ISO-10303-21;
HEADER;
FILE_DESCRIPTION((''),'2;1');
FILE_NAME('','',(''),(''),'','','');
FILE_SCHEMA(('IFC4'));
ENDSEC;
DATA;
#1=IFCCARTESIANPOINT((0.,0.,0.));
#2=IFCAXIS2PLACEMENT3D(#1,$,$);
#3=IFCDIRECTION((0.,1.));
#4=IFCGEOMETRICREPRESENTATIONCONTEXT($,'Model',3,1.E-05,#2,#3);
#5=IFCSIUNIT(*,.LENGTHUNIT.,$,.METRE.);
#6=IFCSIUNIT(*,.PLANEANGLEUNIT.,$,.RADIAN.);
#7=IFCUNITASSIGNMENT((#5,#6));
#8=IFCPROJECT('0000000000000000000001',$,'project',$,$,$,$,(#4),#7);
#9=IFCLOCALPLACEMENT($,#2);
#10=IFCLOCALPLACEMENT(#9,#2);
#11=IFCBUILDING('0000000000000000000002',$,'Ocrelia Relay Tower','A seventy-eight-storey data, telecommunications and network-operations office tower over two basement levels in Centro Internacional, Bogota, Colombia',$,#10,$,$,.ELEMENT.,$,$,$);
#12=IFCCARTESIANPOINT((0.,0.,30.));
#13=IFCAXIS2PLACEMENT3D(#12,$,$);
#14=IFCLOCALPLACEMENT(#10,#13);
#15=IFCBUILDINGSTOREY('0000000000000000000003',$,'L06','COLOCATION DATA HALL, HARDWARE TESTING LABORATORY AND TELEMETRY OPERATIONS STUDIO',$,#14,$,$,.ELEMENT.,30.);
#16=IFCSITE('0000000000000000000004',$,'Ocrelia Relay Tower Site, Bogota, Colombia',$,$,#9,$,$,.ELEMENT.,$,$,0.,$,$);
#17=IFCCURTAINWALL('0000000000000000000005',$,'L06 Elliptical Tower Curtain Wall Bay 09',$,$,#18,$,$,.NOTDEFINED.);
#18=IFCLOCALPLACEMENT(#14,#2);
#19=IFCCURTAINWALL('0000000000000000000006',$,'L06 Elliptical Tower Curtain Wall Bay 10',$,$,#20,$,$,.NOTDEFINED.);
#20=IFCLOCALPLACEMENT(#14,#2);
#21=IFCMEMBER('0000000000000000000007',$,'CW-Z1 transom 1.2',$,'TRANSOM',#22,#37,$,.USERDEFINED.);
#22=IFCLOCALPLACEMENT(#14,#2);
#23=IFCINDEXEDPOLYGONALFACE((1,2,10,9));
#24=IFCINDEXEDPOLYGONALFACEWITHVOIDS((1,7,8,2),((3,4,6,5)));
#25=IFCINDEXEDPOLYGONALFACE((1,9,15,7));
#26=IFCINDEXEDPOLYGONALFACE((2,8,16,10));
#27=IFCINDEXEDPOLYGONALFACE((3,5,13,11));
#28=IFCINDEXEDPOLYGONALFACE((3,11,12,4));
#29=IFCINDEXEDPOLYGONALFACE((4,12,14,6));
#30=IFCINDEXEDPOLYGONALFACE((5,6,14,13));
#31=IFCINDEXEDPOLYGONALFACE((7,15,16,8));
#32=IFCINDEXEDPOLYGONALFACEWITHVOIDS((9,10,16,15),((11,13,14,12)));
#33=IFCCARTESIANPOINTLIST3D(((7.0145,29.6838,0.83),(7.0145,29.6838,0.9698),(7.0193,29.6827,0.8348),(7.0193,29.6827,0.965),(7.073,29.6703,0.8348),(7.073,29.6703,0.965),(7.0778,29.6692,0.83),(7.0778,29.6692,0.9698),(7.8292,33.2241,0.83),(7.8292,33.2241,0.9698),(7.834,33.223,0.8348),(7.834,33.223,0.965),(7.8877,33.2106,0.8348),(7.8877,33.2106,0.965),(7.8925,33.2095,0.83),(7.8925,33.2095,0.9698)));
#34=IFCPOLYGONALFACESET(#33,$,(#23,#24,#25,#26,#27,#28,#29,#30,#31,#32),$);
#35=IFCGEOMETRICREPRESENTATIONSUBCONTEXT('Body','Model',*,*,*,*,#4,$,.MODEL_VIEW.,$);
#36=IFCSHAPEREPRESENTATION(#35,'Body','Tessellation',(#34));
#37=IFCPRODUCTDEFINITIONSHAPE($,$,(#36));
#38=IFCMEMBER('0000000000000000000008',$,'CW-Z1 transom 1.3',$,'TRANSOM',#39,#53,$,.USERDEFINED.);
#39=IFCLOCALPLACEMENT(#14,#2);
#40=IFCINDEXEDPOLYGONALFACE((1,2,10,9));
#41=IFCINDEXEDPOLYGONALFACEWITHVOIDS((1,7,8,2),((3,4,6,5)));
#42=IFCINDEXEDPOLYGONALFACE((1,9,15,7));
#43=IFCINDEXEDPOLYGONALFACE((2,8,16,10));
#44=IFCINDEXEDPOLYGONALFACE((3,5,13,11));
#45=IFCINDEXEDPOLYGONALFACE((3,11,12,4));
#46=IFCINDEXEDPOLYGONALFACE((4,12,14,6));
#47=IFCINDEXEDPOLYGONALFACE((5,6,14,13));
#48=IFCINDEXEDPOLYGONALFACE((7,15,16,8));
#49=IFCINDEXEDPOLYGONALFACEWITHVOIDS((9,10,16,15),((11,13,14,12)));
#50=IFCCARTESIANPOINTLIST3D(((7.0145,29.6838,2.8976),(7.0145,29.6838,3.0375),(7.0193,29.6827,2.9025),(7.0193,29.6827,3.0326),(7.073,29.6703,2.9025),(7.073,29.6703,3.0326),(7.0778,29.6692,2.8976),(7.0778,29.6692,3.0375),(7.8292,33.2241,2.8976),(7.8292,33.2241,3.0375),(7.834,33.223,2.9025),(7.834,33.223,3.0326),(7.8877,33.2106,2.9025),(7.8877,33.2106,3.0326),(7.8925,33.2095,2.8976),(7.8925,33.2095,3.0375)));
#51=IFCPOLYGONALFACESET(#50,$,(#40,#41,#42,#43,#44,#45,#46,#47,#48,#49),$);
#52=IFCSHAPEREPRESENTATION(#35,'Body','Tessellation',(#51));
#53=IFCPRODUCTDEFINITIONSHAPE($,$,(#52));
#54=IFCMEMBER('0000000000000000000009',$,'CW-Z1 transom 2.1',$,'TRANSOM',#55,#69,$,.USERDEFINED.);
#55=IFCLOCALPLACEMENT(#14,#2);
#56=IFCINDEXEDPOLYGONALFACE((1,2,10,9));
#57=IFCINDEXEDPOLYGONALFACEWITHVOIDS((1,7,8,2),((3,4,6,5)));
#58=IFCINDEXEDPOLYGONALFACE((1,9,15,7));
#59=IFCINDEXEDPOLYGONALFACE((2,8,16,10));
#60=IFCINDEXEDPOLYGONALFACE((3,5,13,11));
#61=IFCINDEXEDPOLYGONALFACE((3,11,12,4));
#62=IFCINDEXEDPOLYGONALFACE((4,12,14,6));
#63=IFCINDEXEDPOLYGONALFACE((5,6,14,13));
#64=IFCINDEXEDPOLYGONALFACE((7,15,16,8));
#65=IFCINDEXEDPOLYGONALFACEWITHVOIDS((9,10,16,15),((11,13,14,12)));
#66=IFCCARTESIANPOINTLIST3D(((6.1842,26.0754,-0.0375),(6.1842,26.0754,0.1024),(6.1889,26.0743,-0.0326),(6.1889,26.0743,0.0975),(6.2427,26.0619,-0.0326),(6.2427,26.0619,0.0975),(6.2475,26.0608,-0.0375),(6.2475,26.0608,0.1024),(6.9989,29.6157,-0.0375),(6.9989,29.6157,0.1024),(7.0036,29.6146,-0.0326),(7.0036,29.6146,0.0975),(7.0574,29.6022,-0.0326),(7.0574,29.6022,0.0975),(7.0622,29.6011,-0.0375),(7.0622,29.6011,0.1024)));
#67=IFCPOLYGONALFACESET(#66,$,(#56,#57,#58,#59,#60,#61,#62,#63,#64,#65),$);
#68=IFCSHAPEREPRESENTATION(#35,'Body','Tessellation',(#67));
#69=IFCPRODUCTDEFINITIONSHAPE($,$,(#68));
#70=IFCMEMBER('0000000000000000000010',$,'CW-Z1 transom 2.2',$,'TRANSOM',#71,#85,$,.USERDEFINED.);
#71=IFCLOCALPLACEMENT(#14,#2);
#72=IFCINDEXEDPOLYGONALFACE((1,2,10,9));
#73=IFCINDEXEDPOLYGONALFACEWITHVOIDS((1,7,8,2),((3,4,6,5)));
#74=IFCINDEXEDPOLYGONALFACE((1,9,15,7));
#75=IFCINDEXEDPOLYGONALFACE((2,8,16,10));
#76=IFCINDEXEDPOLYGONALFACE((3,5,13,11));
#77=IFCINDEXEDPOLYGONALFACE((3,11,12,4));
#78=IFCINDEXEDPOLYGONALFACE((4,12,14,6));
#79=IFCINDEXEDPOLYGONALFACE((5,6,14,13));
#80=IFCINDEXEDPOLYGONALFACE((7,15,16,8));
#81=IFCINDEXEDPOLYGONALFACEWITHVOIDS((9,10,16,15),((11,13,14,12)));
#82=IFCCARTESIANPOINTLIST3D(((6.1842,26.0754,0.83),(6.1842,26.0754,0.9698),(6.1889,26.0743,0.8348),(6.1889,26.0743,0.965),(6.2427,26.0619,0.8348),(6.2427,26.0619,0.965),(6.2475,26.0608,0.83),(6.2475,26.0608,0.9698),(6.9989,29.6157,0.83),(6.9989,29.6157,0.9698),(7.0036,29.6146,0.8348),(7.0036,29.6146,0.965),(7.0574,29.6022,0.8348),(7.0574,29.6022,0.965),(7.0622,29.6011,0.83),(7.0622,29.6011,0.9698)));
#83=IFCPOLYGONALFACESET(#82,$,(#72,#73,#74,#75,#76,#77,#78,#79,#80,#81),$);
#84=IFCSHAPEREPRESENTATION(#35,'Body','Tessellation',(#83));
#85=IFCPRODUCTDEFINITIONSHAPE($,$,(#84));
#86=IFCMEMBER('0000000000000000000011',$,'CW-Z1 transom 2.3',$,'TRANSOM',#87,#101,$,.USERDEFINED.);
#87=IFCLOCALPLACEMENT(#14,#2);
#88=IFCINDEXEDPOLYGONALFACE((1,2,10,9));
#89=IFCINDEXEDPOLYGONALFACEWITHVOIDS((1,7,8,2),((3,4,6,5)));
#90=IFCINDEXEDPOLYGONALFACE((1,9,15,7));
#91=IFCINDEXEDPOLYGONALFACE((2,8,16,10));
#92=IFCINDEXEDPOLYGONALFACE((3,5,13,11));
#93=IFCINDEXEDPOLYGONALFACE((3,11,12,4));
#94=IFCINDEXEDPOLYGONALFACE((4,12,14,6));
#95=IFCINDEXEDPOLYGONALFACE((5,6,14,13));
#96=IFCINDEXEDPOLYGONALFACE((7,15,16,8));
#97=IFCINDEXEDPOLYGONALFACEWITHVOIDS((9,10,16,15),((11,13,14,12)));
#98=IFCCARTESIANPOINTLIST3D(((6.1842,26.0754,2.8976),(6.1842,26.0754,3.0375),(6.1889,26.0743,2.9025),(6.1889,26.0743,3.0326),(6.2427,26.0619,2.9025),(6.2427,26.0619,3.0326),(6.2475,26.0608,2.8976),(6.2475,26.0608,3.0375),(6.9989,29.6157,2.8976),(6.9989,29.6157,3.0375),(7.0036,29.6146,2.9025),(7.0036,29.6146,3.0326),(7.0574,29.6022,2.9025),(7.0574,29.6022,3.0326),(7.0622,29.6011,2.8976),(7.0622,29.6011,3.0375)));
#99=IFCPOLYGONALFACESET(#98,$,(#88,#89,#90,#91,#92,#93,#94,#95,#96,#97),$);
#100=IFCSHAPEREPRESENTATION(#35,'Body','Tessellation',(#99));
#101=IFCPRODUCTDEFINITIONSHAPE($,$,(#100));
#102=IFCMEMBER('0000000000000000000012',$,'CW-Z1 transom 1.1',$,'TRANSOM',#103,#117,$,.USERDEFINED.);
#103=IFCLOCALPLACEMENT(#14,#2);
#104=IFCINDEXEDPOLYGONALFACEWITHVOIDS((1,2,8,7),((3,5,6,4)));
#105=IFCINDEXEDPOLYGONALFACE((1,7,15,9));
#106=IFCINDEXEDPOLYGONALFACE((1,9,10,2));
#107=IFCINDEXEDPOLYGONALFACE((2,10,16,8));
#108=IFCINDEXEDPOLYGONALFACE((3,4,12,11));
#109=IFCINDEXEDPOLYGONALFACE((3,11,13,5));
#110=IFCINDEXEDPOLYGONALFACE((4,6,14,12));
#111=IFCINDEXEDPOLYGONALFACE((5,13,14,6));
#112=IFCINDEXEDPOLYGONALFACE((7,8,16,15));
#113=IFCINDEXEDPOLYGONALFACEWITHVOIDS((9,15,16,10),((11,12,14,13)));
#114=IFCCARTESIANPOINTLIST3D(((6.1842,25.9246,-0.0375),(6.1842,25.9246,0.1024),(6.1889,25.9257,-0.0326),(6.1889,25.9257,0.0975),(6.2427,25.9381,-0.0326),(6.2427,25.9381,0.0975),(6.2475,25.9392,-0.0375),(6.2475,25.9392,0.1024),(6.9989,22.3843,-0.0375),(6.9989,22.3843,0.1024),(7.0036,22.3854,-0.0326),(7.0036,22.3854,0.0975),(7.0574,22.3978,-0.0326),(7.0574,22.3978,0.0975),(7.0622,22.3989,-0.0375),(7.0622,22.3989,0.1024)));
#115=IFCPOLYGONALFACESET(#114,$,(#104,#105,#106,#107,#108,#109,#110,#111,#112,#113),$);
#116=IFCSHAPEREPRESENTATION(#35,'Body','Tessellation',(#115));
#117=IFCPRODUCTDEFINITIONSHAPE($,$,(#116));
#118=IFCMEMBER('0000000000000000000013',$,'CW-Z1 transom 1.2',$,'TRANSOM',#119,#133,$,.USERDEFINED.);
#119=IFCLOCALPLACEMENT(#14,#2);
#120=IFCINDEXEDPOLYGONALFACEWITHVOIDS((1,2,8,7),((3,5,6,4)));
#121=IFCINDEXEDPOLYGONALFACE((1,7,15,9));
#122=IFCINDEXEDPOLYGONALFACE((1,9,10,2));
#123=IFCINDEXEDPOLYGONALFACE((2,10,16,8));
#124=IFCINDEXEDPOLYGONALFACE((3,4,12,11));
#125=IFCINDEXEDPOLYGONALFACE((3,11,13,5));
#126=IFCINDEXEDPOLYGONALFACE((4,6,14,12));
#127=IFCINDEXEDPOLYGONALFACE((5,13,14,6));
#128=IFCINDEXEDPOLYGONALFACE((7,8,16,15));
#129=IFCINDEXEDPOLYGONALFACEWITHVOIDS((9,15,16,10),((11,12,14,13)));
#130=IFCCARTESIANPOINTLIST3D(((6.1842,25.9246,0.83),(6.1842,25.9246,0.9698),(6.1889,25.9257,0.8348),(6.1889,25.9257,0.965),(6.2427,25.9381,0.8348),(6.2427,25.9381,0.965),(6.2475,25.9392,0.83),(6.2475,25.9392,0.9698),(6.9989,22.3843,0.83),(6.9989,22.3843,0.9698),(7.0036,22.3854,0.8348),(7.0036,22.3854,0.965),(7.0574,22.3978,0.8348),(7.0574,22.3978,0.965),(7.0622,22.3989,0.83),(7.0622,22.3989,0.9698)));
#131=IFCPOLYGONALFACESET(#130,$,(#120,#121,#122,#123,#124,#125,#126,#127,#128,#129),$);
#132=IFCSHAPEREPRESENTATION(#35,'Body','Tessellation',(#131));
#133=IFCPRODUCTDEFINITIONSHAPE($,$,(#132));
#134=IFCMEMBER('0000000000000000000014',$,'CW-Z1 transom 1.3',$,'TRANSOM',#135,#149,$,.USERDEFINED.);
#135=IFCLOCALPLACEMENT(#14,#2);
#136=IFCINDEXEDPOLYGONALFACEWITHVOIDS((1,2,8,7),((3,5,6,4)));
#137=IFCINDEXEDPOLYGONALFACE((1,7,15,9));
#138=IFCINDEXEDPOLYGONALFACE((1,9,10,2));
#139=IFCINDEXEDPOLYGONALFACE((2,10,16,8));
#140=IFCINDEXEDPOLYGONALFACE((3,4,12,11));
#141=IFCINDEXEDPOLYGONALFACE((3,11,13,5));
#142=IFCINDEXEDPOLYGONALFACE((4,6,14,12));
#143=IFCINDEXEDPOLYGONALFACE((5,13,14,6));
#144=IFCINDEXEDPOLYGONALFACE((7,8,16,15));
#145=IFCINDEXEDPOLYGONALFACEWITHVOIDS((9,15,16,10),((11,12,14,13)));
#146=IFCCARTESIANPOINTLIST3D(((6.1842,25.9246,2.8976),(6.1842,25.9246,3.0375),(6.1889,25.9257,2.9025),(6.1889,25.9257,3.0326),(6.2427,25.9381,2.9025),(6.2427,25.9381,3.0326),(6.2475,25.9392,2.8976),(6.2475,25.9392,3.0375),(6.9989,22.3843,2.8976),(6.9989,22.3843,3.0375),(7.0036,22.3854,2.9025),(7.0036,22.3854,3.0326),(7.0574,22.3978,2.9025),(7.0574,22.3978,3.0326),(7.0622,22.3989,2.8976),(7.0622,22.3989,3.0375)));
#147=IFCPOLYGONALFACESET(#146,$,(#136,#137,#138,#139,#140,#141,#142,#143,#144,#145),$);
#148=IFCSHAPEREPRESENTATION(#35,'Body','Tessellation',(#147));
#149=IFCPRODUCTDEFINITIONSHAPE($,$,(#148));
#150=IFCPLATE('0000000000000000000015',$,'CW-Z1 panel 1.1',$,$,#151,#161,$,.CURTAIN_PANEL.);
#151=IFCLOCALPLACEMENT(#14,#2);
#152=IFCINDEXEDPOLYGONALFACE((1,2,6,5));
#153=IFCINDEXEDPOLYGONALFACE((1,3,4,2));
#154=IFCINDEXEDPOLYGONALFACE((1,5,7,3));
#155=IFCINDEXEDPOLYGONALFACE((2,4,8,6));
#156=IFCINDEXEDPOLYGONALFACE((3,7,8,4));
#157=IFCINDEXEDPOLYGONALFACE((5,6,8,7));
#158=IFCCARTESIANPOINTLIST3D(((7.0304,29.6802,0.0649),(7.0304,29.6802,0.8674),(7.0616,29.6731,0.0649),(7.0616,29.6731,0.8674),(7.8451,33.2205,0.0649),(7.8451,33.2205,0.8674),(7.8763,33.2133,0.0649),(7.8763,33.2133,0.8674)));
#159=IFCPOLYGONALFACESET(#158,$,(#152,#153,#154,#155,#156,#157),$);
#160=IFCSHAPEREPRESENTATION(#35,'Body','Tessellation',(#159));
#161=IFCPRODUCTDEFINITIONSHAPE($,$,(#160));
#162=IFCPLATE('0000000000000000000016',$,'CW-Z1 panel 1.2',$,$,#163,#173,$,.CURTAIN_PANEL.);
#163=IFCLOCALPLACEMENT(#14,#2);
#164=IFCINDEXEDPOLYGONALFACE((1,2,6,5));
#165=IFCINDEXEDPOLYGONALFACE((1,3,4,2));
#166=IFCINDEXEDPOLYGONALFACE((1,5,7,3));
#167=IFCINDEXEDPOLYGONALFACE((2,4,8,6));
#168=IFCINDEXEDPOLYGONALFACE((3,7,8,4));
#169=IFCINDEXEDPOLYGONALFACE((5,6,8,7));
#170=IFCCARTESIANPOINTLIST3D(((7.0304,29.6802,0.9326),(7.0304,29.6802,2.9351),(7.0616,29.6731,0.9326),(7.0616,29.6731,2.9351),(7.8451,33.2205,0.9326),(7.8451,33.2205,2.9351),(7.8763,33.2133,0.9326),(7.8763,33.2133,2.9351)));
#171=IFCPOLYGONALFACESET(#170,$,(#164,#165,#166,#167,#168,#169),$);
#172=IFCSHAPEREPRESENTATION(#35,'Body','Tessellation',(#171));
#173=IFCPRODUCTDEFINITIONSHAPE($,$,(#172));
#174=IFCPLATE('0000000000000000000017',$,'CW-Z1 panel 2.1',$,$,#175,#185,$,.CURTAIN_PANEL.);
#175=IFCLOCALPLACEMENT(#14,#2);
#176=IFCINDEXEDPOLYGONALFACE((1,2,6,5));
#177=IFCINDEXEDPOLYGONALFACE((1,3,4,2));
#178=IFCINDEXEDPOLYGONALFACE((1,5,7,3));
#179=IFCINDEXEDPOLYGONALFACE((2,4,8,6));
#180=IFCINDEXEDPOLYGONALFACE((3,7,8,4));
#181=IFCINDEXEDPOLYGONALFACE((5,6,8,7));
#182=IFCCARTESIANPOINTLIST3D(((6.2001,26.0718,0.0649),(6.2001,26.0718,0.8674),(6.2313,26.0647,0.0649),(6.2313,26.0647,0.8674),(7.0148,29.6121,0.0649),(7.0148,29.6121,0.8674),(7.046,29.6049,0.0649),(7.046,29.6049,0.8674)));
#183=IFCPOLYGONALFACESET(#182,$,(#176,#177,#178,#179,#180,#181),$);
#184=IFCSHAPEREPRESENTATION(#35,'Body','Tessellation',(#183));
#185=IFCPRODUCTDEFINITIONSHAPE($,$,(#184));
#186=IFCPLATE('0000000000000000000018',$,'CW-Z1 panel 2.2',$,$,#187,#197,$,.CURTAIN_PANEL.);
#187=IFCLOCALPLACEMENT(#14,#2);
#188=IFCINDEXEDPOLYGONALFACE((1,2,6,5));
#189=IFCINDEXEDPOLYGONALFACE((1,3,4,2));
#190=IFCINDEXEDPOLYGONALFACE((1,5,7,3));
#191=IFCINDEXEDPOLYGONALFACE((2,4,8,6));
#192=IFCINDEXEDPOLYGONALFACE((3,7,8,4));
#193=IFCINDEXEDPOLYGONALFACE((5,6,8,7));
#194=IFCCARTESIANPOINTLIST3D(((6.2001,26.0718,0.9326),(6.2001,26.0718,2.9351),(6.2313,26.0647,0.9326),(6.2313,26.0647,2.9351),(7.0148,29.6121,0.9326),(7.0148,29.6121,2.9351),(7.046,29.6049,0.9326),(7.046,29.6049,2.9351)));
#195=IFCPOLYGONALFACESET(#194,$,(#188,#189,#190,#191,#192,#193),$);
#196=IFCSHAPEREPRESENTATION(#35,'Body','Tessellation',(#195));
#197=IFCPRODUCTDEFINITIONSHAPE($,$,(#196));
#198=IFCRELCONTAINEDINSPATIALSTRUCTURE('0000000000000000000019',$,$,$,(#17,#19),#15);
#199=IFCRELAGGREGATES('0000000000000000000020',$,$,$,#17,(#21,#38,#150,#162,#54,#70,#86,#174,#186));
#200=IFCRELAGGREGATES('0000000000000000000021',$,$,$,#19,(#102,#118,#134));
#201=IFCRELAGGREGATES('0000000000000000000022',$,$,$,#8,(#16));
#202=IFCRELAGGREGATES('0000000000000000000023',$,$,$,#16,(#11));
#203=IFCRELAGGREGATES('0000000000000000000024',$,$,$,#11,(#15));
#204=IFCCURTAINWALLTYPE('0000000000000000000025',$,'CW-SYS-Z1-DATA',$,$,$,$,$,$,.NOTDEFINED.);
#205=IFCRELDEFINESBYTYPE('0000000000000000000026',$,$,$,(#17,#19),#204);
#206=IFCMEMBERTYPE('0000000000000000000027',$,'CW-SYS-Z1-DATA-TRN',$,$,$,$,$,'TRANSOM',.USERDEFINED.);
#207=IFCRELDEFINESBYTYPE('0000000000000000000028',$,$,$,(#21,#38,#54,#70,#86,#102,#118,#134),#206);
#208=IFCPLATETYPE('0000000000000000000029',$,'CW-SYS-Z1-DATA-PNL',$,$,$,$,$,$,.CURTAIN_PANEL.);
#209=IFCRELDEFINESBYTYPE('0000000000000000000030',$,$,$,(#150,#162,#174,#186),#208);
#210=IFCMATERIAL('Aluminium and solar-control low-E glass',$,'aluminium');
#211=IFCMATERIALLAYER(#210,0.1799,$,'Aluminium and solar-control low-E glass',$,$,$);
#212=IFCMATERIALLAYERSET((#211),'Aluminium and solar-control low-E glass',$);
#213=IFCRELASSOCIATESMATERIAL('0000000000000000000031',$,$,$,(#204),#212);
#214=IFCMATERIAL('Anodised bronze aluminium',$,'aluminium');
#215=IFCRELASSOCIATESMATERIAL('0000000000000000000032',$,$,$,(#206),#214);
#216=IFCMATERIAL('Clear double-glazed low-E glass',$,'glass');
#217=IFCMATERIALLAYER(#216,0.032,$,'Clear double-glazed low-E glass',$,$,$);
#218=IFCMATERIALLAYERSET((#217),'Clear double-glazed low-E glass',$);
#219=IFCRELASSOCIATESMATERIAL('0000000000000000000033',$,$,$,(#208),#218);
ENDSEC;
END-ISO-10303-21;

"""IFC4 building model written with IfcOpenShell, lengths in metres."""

from ifc_helpers import new_model, si_unit, direction, frame, origin, origin_2d, place, context, subcontext, project, spatial, rectangle, hollow_rectangle, extrude, material, layer, layer_set, material_profile, profile_set, type_object, element, aggregate, save


model = new_model("IFC4")

# Units and contexts
model_context = context("Model", 3, precision=1e-05, world=origin(), true_north=direction((0.0, 1.0)))
body_context = subcontext(model_context, "Body", "Model", "MODEL_VIEW")
ifc_project = project(units=[si_unit("LENGTHUNIT", "METRE"), si_unit("PLANEANGLEUNIT", "RADIAN")], contexts=[model_context])

# Site, building, storey
site_placement = place(None, origin())
site = spatial("IfcSite", under=ifc_project, at=site_placement, Name="Ocrelia Relay Tower Site, Bogota, Colombia", CompositionType="ELEMENT", RefElevation=0.0)
building_placement = place(site_placement, origin())
building = spatial("IfcBuilding", under=site, at=building_placement, Name="Ocrelia Relay Tower", Description="A seventy-eight-storey data, telecommunications and network-operations office tower over two basement levels in Centro Internacional, Bogota, Colombia", CompositionType="ELEMENT")
storey_placement = place(building_placement, frame((0.0, 0.0, 30.0)))
storey = spatial("IfcBuildingStorey", under=building, at=storey_placement, Name="L06", Description="COLOCATION DATA HALL, HARDWARE TESTING LABORATORY AND TELEMETRY OPERATIONS STUDIO", CompositionType="ELEMENT", Elevation=30.0)

# Curtain wall
ifc_material_1 = material(Name="Aluminium and solar-control low-E glass", Category="aluminium")
ifc_layer_1 = layer(ifc_material_1, 0.1799, Name="Aluminium and solar-control low-E glass")
ifc_layer_set_1 = layer_set([ifc_layer_1], Name="Aluminium and solar-control low-E glass")
curtain_wall_type = type_object("IfcCurtainWallType", Name="CW-SYS-Z1-DATA", PredefinedType="NOTDEFINED", material=ifc_layer_set_1)
curtain_wall_1_placement = place(storey_placement, origin())
curtain_wall_1 = element("IfcCurtainWall", 1, at=curtain_wall_1_placement, inside=storey, type_object=curtain_wall_type, Name="L06 Elliptical Tower Curtain Wall Bay 09", PredefinedType="NOTDEFINED")
ifc_material_2 = material(Name="Anodised bronze aluminium", Category="aluminium")

# Curtain wall
curtain_wall_2_placement = place(storey_placement, origin())
curtain_wall_2 = element("IfcCurtainWall", 2, at=curtain_wall_2_placement, inside=storey, type_object=curtain_wall_type, Name="L06 Elliptical Tower Curtain Wall Bay 10", PredefinedType="NOTDEFINED")

# Members
ifc_material_profile_1 = material_profile(ifc_material_2, hollow_rectangle(XDim=0.0649, YDim=0.1399, WallThickness=0.0049, at=origin_2d()), Name="CW-TRN-140x65")
ifc_profile_set_1 = profile_set([ifc_material_profile_1], Name="Anodised bronze aluminium")
member_type_1 = type_object("IfcMemberType", Name="CW-SYS-Z1-DATA-TRN", ElementType="TRANSOM", PredefinedType="USERDEFINED", material=ifc_profile_set_1)
member_1_placement = place(storey_placement, frame((7.8608, 33.2168, 0.8999), z_axis=(-0.224261, -0.974529, 0.0), x_axis=(0.974529, -0.224261, 0.0)))
member_1 = element("IfcMember", 3, at=member_1_placement, type_object=member_type_1, Name="CW-Z1 transom 1.2", ObjectType="TRANSOM", PredefinedType="USERDEFINED", context=body_context, shape_type="SweptSolid", body=[
    extrude(hollow_rectangle(XDim=0.0649, YDim=0.1399, WallThickness=0.0049, at=origin_2d()), origin(), (0.0, 0.0, 1.0), 3.6328),
])
member_2_placement = place(storey_placement, frame((7.8608, 33.2168, 2.9675), z_axis=(-0.224261, -0.974529, 0.0), x_axis=(0.974529, -0.224261, 0.0)))
member_2 = element("IfcMember", 4, at=member_2_placement, type_object=member_type_1, Name="CW-Z1 transom 1.3", ObjectType="TRANSOM", PredefinedType="USERDEFINED", context=body_context, shape_type="SweptSolid", body=[
    extrude(hollow_rectangle(XDim=0.0649, YDim=0.1399, WallThickness=0.0049, at=origin_2d()), origin(), (0.0, 0.0, 1.0), 3.6328),
])
member_3_placement = place(storey_placement, frame((7.0305, 29.6084, 0.0325), z_axis=(-0.224261, -0.974529, 0.0), x_axis=(0.974529, -0.224261, 0.0)))
member_3 = element("IfcMember", 5, at=member_3_placement, type_object=member_type_1, Name="CW-Z1 transom 2.1", ObjectType="TRANSOM", PredefinedType="USERDEFINED", context=body_context, shape_type="SweptSolid", body=[
    extrude(hollow_rectangle(XDim=0.0649, YDim=0.1399, WallThickness=0.0049, at=origin_2d()), origin(), (0.0, 0.0, 1.0), 3.6328),
])
member_4_placement = place(storey_placement, frame((7.0305, 29.6084, 0.8999), z_axis=(-0.224261, -0.974529, 0.0), x_axis=(0.974529, -0.224261, 0.0)))
member_4 = element("IfcMember", 6, at=member_4_placement, type_object=member_type_1, Name="CW-Z1 transom 2.2", ObjectType="TRANSOM", PredefinedType="USERDEFINED", context=body_context, shape_type="SweptSolid", body=[
    extrude(hollow_rectangle(XDim=0.0649, YDim=0.1399, WallThickness=0.0049, at=origin_2d()), origin(), (0.0, 0.0, 1.0), 3.6328),
])
member_5_placement = place(storey_placement, frame((7.0305, 29.6084, 2.9675), z_axis=(-0.224261, -0.974529, 0.0), x_axis=(0.974529, -0.224261, 0.0)))
member_5 = element("IfcMember", 7, at=member_5_placement, type_object=member_type_1, Name="CW-Z1 transom 2.3", ObjectType="TRANSOM", PredefinedType="USERDEFINED", context=body_context, shape_type="SweptSolid", body=[
    extrude(hollow_rectangle(XDim=0.0649, YDim=0.1399, WallThickness=0.0049, at=origin_2d()), origin(), (0.0, 0.0, 1.0), 3.6328),
])
member_6_placement = place(storey_placement, frame((6.2158, 25.9319, 0.0325), z_axis=(0.224261, -0.974529, 0.0), x_axis=(0.974529, 0.224261, 0.0)))
member_6 = element("IfcMember", 8, at=member_6_placement, type_object=member_type_1, Name="CW-Z1 transom 1.1", ObjectType="TRANSOM", PredefinedType="USERDEFINED", context=body_context, shape_type="SweptSolid", body=[
    extrude(hollow_rectangle(XDim=0.0649, YDim=0.1399, WallThickness=0.0049, at=origin_2d()), origin(), (0.0, 0.0, 1.0), 3.6328),
])
member_7_placement = place(storey_placement, frame((6.2158, 25.9319, 0.8999), z_axis=(0.224261, -0.974529, 0.0), x_axis=(0.974529, 0.224261, 0.0)))
member_7 = element("IfcMember", 9, at=member_7_placement, type_object=member_type_1, Name="CW-Z1 transom 1.2", ObjectType="TRANSOM", PredefinedType="USERDEFINED", context=body_context, shape_type="SweptSolid", body=[
    extrude(hollow_rectangle(XDim=0.0649, YDim=0.1399, WallThickness=0.0049, at=origin_2d()), origin(), (0.0, 0.0, 1.0), 3.6328),
])
member_8_placement = place(storey_placement, frame((6.2158, 25.9319, 2.9675), z_axis=(0.224261, -0.974529, 0.0), x_axis=(0.974529, 0.224261, 0.0)))
member_8 = element("IfcMember", 10, at=member_8_placement, type_object=member_type_1, Name="CW-Z1 transom 1.3", ObjectType="TRANSOM", PredefinedType="USERDEFINED", context=body_context, shape_type="SweptSolid", body=[
    extrude(hollow_rectangle(XDim=0.0649, YDim=0.1399, WallThickness=0.0049, at=origin_2d()), origin(), (0.0, 0.0, 1.0), 3.6328),
])

# Plates
ifc_material_3 = material(Name="Clear double-glazed low-E glass", Category="glass")
ifc_layer_2 = layer(ifc_material_3, 0.032, Name="Clear double-glazed low-E glass")
ifc_layer_set_2 = layer_set([ifc_layer_2], Name="Clear double-glazed low-E glass")
plate_type = type_object("IfcPlateType", Name="CW-SYS-Z1-DATA-PNL", PredefinedType="CURTAIN_PANEL", material=ifc_layer_set_2)
plate_1_placement = place(storey_placement, frame((7.4534, 31.4468, 0.0649), z_axis=(0.0, 0.0, 1.0), x_axis=(-0.224268, -0.974527, 0.0)))
plate_1 = element("IfcPlate", 11, at=plate_1_placement, type_object=plate_type, Name="CW-Z1 panel 1.1", PredefinedType="CURTAIN_PANEL", context=body_context, shape_type="SweptSolid", body=[
    extrude(rectangle(XDim=3.6328, YDim=0.032, at=origin_2d()), origin(), (0.0, 0.0, 1.0), 0.8025),
])
plate_2_placement = place(storey_placement, frame((7.4534, 31.4468, 0.9326), z_axis=(0.0, 0.0, 1.0), x_axis=(-0.224268, -0.974527, 0.0)))
plate_2 = element("IfcPlate", 12, at=plate_2_placement, type_object=plate_type, Name="CW-Z1 panel 1.2", PredefinedType="CURTAIN_PANEL", context=body_context, shape_type="SweptSolid", body=[
    extrude(rectangle(XDim=3.6328, YDim=0.032, at=origin_2d()), origin(), (0.0, 0.0, 1.0), 2.0024),
])
plate_3_placement = place(storey_placement, frame((6.623, 27.8384, 0.0649), z_axis=(0.0, 0.0, 1.0), x_axis=(-0.224268, -0.974527, 0.0)))
plate_3 = element("IfcPlate", 13, at=plate_3_placement, type_object=plate_type, Name="CW-Z1 panel 2.1", PredefinedType="CURTAIN_PANEL", context=body_context, shape_type="SweptSolid", body=[
    extrude(rectangle(XDim=3.6328, YDim=0.032, at=origin_2d()), origin(), (0.0, 0.0, 1.0), 0.8025),
])
plate_4_placement = place(storey_placement, frame((6.623, 27.8384, 0.9326), z_axis=(0.0, 0.0, 1.0), x_axis=(-0.224268, -0.974527, 0.0)))
plate_4 = element("IfcPlate", 14, at=plate_4_placement, type_object=plate_type, Name="CW-Z1 panel 2.2", PredefinedType="CURTAIN_PANEL", context=body_context, shape_type="SweptSolid", body=[
    extrude(rectangle(XDim=3.6328, YDim=0.032, at=origin_2d()), origin(), (0.0, 0.0, 1.0), 2.0024),
])
aggregate(curtain_wall_1, [member_1, member_2, plate_1, plate_2, member_3, member_4, member_5, plate_3, plate_4])
aggregate(curtain_wall_2, [member_6, member_7, member_8])

save(model, "model.ifc")
